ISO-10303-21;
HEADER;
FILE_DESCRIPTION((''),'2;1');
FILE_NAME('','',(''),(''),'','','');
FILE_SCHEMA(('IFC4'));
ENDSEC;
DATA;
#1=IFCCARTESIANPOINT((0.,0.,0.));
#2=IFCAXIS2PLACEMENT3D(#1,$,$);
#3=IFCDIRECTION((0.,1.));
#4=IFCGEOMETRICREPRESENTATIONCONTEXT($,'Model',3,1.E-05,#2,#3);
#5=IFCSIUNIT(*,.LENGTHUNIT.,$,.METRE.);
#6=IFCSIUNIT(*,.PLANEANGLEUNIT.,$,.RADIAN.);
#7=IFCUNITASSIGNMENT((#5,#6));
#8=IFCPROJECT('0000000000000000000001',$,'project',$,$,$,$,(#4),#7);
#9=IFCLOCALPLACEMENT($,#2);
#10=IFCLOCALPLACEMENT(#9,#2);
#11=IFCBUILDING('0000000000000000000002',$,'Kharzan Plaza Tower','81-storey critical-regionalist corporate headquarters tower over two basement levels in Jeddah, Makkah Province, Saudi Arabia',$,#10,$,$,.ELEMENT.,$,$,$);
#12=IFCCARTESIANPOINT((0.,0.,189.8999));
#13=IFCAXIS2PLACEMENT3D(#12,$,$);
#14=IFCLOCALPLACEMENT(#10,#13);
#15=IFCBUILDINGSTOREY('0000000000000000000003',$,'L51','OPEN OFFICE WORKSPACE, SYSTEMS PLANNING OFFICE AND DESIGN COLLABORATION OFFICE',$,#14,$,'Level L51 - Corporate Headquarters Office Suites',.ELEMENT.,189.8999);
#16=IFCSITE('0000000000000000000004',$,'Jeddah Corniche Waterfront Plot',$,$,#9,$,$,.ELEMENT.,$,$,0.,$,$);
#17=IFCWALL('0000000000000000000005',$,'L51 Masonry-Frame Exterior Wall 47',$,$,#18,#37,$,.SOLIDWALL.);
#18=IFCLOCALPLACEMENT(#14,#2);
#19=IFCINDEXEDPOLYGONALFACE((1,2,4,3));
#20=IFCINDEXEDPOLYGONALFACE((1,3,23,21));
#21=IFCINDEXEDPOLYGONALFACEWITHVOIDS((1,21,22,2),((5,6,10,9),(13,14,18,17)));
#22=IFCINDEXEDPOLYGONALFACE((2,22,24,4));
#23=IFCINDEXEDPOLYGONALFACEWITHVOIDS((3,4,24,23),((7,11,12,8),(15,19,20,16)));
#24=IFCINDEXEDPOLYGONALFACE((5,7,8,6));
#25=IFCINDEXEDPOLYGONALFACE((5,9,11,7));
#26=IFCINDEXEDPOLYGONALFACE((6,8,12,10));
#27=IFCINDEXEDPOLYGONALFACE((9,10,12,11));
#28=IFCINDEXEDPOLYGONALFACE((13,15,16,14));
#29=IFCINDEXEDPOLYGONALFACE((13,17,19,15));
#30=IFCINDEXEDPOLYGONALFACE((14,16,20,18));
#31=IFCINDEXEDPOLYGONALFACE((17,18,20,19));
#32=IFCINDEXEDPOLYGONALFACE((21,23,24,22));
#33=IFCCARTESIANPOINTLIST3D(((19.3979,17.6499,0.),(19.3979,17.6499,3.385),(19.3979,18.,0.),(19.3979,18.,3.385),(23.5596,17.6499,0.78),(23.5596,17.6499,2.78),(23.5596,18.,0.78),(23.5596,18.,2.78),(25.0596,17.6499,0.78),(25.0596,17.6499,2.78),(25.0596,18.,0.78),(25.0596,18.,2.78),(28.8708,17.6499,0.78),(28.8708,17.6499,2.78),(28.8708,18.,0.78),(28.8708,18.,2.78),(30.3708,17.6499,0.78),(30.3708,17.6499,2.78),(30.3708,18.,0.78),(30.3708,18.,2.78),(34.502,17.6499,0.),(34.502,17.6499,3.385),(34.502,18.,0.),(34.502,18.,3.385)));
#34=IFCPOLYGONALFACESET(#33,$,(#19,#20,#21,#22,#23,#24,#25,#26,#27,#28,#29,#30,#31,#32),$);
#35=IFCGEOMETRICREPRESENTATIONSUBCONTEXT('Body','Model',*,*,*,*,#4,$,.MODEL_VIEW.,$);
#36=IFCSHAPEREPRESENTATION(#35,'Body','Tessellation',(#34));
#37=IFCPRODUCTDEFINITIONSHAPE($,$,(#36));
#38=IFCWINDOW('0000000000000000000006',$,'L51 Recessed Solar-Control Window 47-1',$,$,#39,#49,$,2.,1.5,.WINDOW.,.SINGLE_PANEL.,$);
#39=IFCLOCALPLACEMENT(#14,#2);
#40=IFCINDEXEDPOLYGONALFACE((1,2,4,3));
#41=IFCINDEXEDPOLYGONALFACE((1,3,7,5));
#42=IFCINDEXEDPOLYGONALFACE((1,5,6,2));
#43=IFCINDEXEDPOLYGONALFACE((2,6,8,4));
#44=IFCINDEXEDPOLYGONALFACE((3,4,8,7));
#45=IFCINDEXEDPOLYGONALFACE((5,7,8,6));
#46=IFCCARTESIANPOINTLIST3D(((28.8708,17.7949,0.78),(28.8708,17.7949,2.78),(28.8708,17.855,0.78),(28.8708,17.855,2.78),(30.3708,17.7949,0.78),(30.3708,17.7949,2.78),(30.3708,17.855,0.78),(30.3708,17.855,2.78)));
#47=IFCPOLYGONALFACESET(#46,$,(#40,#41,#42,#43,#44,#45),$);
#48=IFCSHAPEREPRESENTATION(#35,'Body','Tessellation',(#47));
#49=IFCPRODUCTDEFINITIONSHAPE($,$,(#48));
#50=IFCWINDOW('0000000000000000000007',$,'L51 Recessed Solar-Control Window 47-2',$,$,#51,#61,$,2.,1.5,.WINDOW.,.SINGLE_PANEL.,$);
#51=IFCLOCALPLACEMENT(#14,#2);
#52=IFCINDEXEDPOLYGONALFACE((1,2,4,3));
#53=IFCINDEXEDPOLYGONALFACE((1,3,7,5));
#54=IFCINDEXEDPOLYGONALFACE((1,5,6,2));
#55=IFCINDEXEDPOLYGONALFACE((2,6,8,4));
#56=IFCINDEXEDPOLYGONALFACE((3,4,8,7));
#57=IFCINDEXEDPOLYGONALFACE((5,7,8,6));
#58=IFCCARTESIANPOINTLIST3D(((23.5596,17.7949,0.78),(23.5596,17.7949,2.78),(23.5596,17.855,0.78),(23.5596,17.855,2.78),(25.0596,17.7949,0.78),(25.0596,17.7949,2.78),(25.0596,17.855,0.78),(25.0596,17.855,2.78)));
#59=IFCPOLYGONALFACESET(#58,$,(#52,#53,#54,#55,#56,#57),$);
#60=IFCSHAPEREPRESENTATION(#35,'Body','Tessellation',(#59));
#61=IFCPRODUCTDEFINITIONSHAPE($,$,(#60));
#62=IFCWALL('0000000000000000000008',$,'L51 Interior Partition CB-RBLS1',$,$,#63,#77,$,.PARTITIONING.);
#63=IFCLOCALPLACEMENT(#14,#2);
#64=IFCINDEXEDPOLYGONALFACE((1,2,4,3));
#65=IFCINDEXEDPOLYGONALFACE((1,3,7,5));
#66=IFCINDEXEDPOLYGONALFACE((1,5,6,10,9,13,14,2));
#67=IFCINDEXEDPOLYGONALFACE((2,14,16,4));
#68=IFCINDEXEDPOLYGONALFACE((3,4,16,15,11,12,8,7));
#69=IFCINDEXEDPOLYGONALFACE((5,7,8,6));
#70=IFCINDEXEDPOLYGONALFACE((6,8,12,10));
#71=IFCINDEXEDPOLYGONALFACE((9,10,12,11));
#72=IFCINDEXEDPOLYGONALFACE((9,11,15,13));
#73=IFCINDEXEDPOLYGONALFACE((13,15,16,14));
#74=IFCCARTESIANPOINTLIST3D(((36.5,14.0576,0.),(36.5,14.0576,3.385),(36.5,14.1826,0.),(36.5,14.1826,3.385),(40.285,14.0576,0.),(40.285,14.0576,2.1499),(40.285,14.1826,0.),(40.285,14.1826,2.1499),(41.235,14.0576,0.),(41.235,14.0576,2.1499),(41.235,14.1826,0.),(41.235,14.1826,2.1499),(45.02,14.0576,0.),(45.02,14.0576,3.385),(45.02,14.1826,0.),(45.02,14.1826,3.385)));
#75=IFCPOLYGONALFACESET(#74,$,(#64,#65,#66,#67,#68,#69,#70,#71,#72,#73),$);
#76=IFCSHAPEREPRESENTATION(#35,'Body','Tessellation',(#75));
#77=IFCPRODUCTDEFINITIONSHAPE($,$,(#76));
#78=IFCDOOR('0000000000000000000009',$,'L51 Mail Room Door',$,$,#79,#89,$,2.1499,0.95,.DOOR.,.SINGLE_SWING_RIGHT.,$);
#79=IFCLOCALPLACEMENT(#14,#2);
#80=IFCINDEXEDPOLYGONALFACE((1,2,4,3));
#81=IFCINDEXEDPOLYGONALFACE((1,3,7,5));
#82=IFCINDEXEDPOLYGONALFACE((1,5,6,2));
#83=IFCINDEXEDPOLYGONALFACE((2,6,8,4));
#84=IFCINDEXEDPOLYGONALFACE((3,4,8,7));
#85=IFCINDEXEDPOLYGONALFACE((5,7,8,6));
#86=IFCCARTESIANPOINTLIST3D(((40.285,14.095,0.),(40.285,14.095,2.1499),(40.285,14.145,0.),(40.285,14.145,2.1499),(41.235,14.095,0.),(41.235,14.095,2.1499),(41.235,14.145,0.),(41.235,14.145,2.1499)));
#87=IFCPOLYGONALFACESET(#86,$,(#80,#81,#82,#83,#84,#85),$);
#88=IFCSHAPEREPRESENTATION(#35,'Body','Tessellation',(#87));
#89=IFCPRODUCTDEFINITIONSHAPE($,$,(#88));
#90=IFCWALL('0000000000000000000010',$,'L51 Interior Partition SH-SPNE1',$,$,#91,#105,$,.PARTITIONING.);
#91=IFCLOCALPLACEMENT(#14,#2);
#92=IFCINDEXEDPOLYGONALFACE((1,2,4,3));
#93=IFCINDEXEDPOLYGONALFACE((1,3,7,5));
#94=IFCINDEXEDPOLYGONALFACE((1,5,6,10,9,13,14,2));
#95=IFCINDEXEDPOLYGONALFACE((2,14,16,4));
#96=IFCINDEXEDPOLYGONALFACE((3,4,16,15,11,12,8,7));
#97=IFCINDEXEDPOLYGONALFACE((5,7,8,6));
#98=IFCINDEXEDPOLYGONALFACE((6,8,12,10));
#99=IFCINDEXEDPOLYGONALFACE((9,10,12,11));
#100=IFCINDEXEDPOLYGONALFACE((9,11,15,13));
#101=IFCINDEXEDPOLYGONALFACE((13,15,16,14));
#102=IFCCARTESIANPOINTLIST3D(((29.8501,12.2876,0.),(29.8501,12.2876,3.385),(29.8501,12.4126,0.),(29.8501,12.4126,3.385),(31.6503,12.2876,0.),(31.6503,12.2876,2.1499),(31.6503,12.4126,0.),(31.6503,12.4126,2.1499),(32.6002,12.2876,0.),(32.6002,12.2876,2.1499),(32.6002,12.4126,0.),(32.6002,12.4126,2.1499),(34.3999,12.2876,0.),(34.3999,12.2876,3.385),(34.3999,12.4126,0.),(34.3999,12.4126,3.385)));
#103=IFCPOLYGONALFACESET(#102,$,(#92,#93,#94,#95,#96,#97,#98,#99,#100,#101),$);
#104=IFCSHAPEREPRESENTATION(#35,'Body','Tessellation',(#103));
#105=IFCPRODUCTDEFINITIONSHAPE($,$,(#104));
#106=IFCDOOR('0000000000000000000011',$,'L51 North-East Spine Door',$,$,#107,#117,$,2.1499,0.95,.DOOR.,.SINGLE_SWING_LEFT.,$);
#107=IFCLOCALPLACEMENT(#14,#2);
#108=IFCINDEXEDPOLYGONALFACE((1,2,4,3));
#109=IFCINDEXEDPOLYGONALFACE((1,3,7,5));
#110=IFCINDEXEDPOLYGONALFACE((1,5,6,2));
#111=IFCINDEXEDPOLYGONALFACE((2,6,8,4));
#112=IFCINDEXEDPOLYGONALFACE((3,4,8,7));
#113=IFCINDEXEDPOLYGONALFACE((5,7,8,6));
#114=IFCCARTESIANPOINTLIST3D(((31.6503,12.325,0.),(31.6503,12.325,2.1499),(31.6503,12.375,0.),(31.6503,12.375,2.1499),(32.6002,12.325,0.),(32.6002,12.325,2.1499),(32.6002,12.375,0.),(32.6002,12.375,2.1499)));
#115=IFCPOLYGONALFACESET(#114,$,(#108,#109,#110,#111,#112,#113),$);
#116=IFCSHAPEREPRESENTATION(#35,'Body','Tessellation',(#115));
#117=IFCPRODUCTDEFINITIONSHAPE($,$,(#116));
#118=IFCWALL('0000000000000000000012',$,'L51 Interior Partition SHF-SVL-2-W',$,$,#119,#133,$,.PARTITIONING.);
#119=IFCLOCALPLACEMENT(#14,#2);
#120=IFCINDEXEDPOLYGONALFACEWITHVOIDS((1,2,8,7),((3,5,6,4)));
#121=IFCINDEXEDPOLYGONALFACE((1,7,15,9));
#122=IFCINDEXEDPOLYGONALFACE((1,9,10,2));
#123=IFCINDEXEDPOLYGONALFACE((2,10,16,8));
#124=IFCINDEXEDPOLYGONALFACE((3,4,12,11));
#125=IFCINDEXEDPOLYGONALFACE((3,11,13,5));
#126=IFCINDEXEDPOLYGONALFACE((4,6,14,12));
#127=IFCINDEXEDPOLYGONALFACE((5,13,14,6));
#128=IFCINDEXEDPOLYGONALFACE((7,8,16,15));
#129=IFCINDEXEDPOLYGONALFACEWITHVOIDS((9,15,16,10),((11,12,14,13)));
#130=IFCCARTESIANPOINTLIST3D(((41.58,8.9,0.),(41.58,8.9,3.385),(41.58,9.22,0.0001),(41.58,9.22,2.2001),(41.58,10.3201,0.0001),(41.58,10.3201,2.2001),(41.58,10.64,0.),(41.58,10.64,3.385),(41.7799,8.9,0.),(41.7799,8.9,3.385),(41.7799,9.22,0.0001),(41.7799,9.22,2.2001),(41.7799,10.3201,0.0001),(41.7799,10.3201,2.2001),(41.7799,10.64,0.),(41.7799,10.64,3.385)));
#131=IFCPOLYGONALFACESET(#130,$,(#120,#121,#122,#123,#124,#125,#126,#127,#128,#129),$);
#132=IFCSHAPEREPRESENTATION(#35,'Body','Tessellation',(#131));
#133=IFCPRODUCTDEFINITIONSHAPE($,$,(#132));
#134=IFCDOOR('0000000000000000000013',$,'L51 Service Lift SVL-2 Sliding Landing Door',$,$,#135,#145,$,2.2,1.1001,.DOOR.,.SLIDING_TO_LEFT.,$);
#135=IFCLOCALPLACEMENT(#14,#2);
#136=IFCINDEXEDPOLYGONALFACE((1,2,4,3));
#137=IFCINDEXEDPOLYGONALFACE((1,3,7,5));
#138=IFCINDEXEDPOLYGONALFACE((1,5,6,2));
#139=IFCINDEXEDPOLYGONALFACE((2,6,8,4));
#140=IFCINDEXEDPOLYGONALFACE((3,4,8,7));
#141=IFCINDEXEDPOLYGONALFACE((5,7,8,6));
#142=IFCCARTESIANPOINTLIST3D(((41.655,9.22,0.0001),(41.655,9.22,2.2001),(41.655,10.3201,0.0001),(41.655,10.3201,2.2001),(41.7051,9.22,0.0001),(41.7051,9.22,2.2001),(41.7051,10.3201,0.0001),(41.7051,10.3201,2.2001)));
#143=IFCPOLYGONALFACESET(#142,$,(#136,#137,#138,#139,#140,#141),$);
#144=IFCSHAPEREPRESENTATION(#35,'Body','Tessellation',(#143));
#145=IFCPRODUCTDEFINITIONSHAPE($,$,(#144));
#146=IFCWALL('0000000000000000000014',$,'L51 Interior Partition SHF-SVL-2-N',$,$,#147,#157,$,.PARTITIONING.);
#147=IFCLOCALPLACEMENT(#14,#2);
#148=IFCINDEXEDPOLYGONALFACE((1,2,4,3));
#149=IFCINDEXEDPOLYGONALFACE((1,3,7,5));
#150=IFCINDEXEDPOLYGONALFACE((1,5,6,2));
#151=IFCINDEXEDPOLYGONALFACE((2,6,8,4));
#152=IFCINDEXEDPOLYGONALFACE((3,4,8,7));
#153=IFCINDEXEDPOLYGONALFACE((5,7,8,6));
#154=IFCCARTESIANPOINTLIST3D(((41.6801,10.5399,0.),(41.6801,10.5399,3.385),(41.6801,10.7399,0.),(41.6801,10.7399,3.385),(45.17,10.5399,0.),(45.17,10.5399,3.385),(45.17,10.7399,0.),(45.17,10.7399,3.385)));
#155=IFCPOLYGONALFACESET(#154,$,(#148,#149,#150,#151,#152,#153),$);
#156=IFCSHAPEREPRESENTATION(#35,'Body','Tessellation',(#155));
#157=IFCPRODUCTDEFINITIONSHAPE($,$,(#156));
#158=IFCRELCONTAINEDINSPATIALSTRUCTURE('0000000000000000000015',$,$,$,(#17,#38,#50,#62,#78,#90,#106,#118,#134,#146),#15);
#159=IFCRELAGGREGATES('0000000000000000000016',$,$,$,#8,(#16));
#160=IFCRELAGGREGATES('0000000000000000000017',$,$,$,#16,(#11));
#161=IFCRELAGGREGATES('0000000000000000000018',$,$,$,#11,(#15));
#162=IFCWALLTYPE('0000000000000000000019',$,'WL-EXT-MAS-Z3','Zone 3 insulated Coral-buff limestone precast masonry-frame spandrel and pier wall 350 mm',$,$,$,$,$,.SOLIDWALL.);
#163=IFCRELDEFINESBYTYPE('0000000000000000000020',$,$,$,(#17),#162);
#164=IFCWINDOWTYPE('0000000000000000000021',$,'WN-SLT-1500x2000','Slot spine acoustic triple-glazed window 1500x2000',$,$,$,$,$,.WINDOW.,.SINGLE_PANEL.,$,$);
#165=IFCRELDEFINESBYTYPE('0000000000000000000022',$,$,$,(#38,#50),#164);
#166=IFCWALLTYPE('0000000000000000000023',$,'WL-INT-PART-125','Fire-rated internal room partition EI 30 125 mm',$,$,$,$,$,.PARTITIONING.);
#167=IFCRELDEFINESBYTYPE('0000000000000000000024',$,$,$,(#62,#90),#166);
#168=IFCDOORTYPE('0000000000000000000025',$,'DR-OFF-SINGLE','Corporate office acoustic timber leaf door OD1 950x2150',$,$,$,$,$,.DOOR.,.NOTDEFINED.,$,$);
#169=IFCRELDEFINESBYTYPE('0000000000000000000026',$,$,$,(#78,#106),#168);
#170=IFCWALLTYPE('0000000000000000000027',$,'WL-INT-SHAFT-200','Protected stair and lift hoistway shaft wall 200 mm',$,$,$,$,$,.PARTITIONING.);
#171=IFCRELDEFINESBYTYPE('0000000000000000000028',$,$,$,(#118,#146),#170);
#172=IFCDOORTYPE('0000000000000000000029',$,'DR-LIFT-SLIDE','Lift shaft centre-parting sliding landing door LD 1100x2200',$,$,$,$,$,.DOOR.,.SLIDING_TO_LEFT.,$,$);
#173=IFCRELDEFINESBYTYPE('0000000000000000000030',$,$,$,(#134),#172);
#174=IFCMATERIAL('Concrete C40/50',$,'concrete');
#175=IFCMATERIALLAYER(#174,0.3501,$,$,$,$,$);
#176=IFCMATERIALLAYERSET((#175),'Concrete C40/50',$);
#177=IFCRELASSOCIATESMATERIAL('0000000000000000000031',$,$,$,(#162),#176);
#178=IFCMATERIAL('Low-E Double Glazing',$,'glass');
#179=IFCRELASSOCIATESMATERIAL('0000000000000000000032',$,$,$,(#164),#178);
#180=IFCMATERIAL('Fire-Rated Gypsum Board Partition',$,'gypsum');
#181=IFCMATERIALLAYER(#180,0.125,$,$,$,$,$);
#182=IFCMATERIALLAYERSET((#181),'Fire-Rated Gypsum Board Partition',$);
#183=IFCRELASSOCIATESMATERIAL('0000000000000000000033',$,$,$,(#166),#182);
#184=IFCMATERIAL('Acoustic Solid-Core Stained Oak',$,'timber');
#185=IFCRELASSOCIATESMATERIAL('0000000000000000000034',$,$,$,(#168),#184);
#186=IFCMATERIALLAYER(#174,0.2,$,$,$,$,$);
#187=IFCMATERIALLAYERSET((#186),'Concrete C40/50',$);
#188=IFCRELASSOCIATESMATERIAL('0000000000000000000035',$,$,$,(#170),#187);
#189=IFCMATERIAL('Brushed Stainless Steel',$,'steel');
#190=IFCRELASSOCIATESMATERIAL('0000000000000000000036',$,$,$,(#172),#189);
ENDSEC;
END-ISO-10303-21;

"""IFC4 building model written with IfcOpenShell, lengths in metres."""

from ifc_helpers import new_model, si_unit, direction, frame, frame_2d, origin, place, context, subcontext, project, spatial, rectangle, extrude, source, transform, mapped, material, layer, layer_set, type_object, element, fill, save


model = new_model("IFC4")

# Units and contexts
model_context = context("Model", 3, precision=1e-05, world=origin(), true_north=direction((0.0, 1.0)))
body_context = subcontext(model_context, "Body", "Model", "MODEL_VIEW")
ifc_project = project(units=[si_unit("LENGTHUNIT", "METRE"), si_unit("PLANEANGLEUNIT", "RADIAN")], contexts=[model_context])

# Site, building, storey
site_placement = place(None, origin())
site = spatial("IfcSite", under=ifc_project, at=site_placement, Name="Jeddah Corniche Waterfront Plot", CompositionType="ELEMENT", RefElevation=0.0)
building_placement = place(site_placement, origin())
building = spatial("IfcBuilding", under=site, at=building_placement, Name="Kharzan Plaza Tower", Description="81-storey critical-regionalist corporate headquarters tower over two basement levels in Jeddah, Makkah Province, Saudi Arabia", CompositionType="ELEMENT")
storey_placement = place(building_placement, frame((0.0, 0.0, 189.8999)))
storey = spatial("IfcBuildingStorey", under=building, at=storey_placement, Name="L51", Description="OPEN OFFICE WORKSPACE, SYSTEMS PLANNING OFFICE AND DESIGN COLLABORATION OFFICE", LongName="Level L51 - Corporate Headquarters Office Suites", CompositionType="ELEMENT", Elevation=189.8999)

# Shared definitions
ifc_material_1 = material(Name="Concrete C40/50", Category="concrete")
ifc_layer_1 = layer(ifc_material_1, 0.3501)
ifc_layer_set_1 = layer_set([ifc_layer_1], Name="Concrete C40/50")
wall_type_1 = type_object("IfcWallType", Name="WL-EXT-MAS-Z3", Description="Zone 3 insulated Coral-buff limestone precast masonry-frame spandrel and pier wall 350 mm", PredefinedType="SOLIDWALL", material=ifc_layer_set_1)
ifc_material_2 = material(Name="Low-E Double Glazing", Category="glass")
window_type_1 = type_object("IfcWindowType", Name="WN-SLT-1500x2000", Description="Slot spine acoustic triple-glazed window 1500x2000", PartitioningType="SINGLE_PANEL", PredefinedType="WINDOW", material=ifc_material_2)
shared_shape_1 = source(origin(), body_context, "Body", "SweptSolid", [
    extrude(rectangle(XDim=1.5, YDim=2.0, at=frame_2d((0.75, 1.0))), frame((0.0, 0.03, 0.0), z_axis=(0.0, -1.0, 0.0), x_axis=(1.0, 0.0, 0.0)), (0.0, 0.0, 1.0), 0.0601),
])

# Wall, openings, windows
wall_1_placement = place(storey_placement, frame((34.502, 17.825, 0.0), z_axis=(0.0, 0.0, 1.0), x_axis=(-1.0, 0.0, 0.0)))
wall_1 = element("IfcWall", 1, at=wall_1_placement, inside=storey, type_object=wall_type_1, Name="L51 Masonry-Frame Exterior Wall 47", PredefinedType="SOLIDWALL", context=body_context, shape_type="SweptSolid", body=[
    extrude(rectangle(XDim=15.104, YDim=0.3501, at=frame_2d((7.552, 0.0))), origin(), (0.0, 0.0, 1.0), 3.385),
])
opening_1_placement = place(wall_1_placement, frame((4.1311, 0.0, 0.78)))
opening_1 = element("IfcOpeningElement", 2, at=opening_1_placement, cuts=wall_1, PredefinedType="OPENING", context=body_context, shape_type="SweptSolid", body=[
    extrude(rectangle(XDim=1.5, YDim=2.0, at=frame_2d((0.75, 1.0))), frame((0.0, 0.1851, 0.0), z_axis=(0.0, -1.0, 0.0), x_axis=(1.0, 0.0, 0.0)), (0.0, 0.0, 1.0), 0.3701),
])
opening_2_placement = place(wall_1_placement, frame((9.4424, 0.0, 0.78)))
opening_2 = element("IfcOpeningElement", 3, at=opening_2_placement, cuts=wall_1, PredefinedType="OPENING", context=body_context, shape_type="SweptSolid", body=[
    extrude(rectangle(XDim=1.5, YDim=2.0, at=frame_2d((0.75, 1.0))), frame((0.0, 0.1851, 0.0), z_axis=(0.0, -1.0, 0.0), x_axis=(1.0, 0.0, 0.0)), (0.0, 0.0, 1.0), 0.3701),
])
window_1_placement = place(opening_1_placement, origin())
window_1 = element("IfcWindow", 4, at=window_1_placement, inside=storey, type_object=window_type_1, Name="L51 Recessed Solar-Control Window 47-1", OverallHeight=2.0, OverallWidth=1.5, PartitioningType="SINGLE_PANEL", PredefinedType="WINDOW", context=body_context, shape_type="MappedRepresentation", body=[
    mapped(shared_shape_1, transform((0.0, 0.0, 0.0), x_axis=(1.0, 0.0, 0.0), y_axis=(0.0, 1.0, 0.0), z_axis=(0.0, 0.0, 1.0))),
])
fill(opening_1, window_1)
window_2_placement = place(opening_2_placement, origin())
window_2 = element("IfcWindow", 5, at=window_2_placement, inside=storey, type_object=window_type_1, Name="L51 Recessed Solar-Control Window 47-2", OverallHeight=2.0, OverallWidth=1.5, PartitioningType="SINGLE_PANEL", PredefinedType="WINDOW", context=body_context, shape_type="MappedRepresentation", body=[
    mapped(shared_shape_1, transform((0.0, 0.0, 0.0), x_axis=(1.0, 0.0, 0.0), y_axis=(0.0, 1.0, 0.0), z_axis=(0.0, 0.0, 1.0))),
])
fill(opening_2, window_2)

# Walls, openings, doors
ifc_material_3 = material(Name="Fire-Rated Gypsum Board Partition", Category="gypsum")
ifc_layer_2 = layer(ifc_material_3, 0.125)
ifc_layer_set_2 = layer_set([ifc_layer_2], Name="Fire-Rated Gypsum Board Partition")
wall_type_2 = type_object("IfcWallType", Name="WL-INT-PART-125", Description="Fire-rated internal room partition EI 30 125 mm", PredefinedType="PARTITIONING", material=ifc_layer_set_2)
wall_2_placement = place(storey_placement, frame((36.5, 14.1201, 0.0), z_axis=(0.0, 0.0, 1.0), x_axis=(1.0, 0.0, 0.0)))
wall_2 = element("IfcWall", 6, at=wall_2_placement, inside=storey, type_object=wall_type_2, Name="L51 Interior Partition CB-RBLS1", PredefinedType="PARTITIONING", context=body_context, shape_type="SweptSolid", body=[
    extrude(rectangle(XDim=8.52, YDim=0.125, at=frame_2d((4.26, 0.0))), origin(), (0.0, 0.0, 1.0), 3.385),
])
opening_3_placement = place(wall_2_placement, frame((3.7849, 0.0, 0.0)))
opening_3 = element("IfcOpeningElement", 7, at=opening_3_placement, cuts=wall_2, PredefinedType="OPENING", context=body_context, shape_type="SweptSolid", body=[
    extrude(rectangle(XDim=0.95, YDim=2.1499, at=frame_2d((0.4751, 1.075))), frame((0.0, 0.0725, 0.0), z_axis=(0.0, -1.0, 0.0), x_axis=(1.0, 0.0, 0.0)), (0.0, 0.0, 1.0), 0.145),
])
ifc_material_4 = material(Name="Acoustic Solid-Core Stained Oak", Category="timber")
door_type_1 = type_object("IfcDoorType", Name="DR-OFF-SINGLE", Description="Corporate office acoustic timber leaf door OD1 950x2150", OperationType="NOTDEFINED", PredefinedType="DOOR", material=ifc_material_4)
shared_shape_2 = source(origin(), body_context, "Body", "SweptSolid", [
    extrude(rectangle(XDim=0.95, YDim=2.1499, at=frame_2d((0.4751, 1.075))), frame((0.0, 0.0249, 0.0), z_axis=(0.0, -1.0, 0.0), x_axis=(1.0, 0.0, 0.0)), (0.0, 0.0, 1.0), 0.05),
])
door_1_placement = place(opening_3_placement, origin())
door_1 = element("IfcDoor", 8, at=door_1_placement, inside=storey, type_object=door_type_1, Name="L51 Mail Room Door", OperationType="SINGLE_SWING_RIGHT", OverallHeight=2.1499, OverallWidth=0.95, PredefinedType="DOOR", context=body_context, shape_type="MappedRepresentation", body=[
    mapped(shared_shape_2, transform((0.0, 0.0, 0.0), x_axis=(1.0, 0.0, 0.0), y_axis=(0.0, 1.0, 0.0), z_axis=(0.0, 0.0, 1.0))),
])
fill(opening_3, door_1)
wall_3_placement = place(storey_placement, frame((29.8501, 12.3501, 0.0), z_axis=(0.0, 0.0, 1.0), x_axis=(1.0, 0.0, 0.0)))
wall_3 = element("IfcWall", 9, at=wall_3_placement, inside=storey, type_object=wall_type_2, Name="L51 Interior Partition SH-SPNE1", PredefinedType="PARTITIONING", context=body_context, shape_type="SweptSolid", body=[
    extrude(rectangle(XDim=4.5498, YDim=0.125, at=frame_2d((2.2749, 0.0))), origin(), (0.0, 0.0, 1.0), 3.385),
])
opening_4_placement = place(wall_3_placement, frame((1.8, 0.0, 0.0)))
opening_4 = element("IfcOpeningElement", 10, at=opening_4_placement, cuts=wall_3, PredefinedType="OPENING", context=body_context, shape_type="SweptSolid", body=[
    extrude(rectangle(XDim=0.95, YDim=2.1499, at=frame_2d((0.4751, 1.075))), frame((0.0, 0.0725, 0.0), z_axis=(0.0, -1.0, 0.0), x_axis=(1.0, 0.0, 0.0)), (0.0, 0.0, 1.0), 0.145),
])
door_2_placement = place(opening_4_placement, origin())
door_2 = element("IfcDoor", 11, at=door_2_placement, inside=storey, type_object=door_type_1, Name="L51 North-East Spine Door", OperationType="SINGLE_SWING_LEFT", OverallHeight=2.1499, OverallWidth=0.95, PredefinedType="DOOR", context=body_context, shape_type="MappedRepresentation", body=[
    mapped(shared_shape_2, transform((0.0, 0.0, 0.0), x_axis=(1.0, 0.0, 0.0), y_axis=(0.0, 1.0, 0.0), z_axis=(0.0, 0.0, 1.0))),
])
fill(opening_4, door_2)
ifc_layer_3 = layer(ifc_material_1, 0.2)
ifc_layer_set_3 = layer_set([ifc_layer_3], Name="Concrete C40/50")
wall_type_3 = type_object("IfcWallType", Name="WL-INT-SHAFT-200", Description="Protected stair and lift hoistway shaft wall 200 mm", PredefinedType="PARTITIONING", material=ifc_layer_set_3)
wall_4_placement = place(storey_placement, frame((41.6799, 8.8999, 0.0), z_axis=(0.0, 0.0, 1.0), x_axis=(0.0, 1.0, 0.0)))
wall_4 = element("IfcWall", 12, at=wall_4_placement, inside=storey, type_object=wall_type_3, Name="L51 Interior Partition SHF-SVL-2-W", PredefinedType="PARTITIONING", context=body_context, shape_type="SweptSolid", body=[
    extrude(rectangle(XDim=1.74, YDim=0.2, at=frame_2d((0.8701, 0.0))), origin(), (0.0, 0.0, 1.0), 3.385),
])
opening_5_placement = place(wall_4_placement, frame((0.3201, 0.0, 0.0)))
opening_5 = element("IfcOpeningElement", 13, at=opening_5_placement, cuts=wall_4, PredefinedType="OPENING", context=body_context, shape_type="SweptSolid", body=[
    extrude(rectangle(XDim=1.1001, YDim=2.2, at=frame_2d((0.55, 1.1001))), frame((0.0, 0.1099, 0.0), z_axis=(0.0, -1.0, 0.0), x_axis=(1.0, 0.0, 0.0)), (0.0, 0.0, 1.0), 0.22),
])
ifc_material_5 = material(Name="Brushed Stainless Steel", Category="steel")
door_type_2 = type_object("IfcDoorType", Name="DR-LIFT-SLIDE", Description="Lift shaft centre-parting sliding landing door LD 1100x2200", OperationType="SLIDING_TO_LEFT", PredefinedType="DOOR", material=ifc_material_5)
shared_shape_3 = source(origin(), body_context, "Body", "SweptSolid", [
    extrude(rectangle(XDim=1.1001, YDim=2.2, at=frame_2d((0.55, 1.1001))), frame((0.0, 0.0249, 0.0), z_axis=(0.0, -1.0, 0.0), x_axis=(1.0, 0.0, 0.0)), (0.0, 0.0, 1.0), 0.05),
])
door_3_placement = place(opening_5_placement, origin())
door_3 = element("IfcDoor", 14, at=door_3_placement, inside=storey, type_object=door_type_2, Name="L51 Service Lift SVL-2 Sliding Landing Door", OperationType="SLIDING_TO_LEFT", OverallHeight=2.2, OverallWidth=1.1001, PredefinedType="DOOR", context=body_context, shape_type="MappedRepresentation", body=[
    mapped(shared_shape_3, transform((0.0, 0.0, 0.0), x_axis=(1.0, 0.0, 0.0), y_axis=(0.0, 1.0, 0.0), z_axis=(0.0, 0.0, 1.0))),
])
fill(opening_5, door_3)

# Wall
shared_shape_4 = source(origin(), body_context, "Body", "SweptSolid", [
    extrude(rectangle(XDim=3.49, YDim=0.2, at=frame_2d((1.7451, 0.0))), origin(), (0.0, 0.0, 1.0), 3.385),
])
for number, where, z_axis, x_axis, name in (
    (15, (41.6799, 10.6399, 0.0), (0.0, 0.0, 1.0), (1.0, 0.0, 0.0), "L51 Interior Partition SHF-SVL-2-N"),
):
    element("IfcWall", number, at=place(storey_placement, frame(where, z_axis=z_axis, x_axis=x_axis)), inside=storey, type_object=wall_type_3, Name=name, PredefinedType="PARTITIONING", context=body_context, shape_type="MappedRepresentation", body=[
        mapped(shared_shape_4, transform((0.0, 0.0, 0.0), x_axis=(1.0, 0.0, 0.0), y_axis=(0.0, 1.0, 0.0), z_axis=(0.0, 0.0, 1.0))),
    ])

save(model, "model.ifc")
